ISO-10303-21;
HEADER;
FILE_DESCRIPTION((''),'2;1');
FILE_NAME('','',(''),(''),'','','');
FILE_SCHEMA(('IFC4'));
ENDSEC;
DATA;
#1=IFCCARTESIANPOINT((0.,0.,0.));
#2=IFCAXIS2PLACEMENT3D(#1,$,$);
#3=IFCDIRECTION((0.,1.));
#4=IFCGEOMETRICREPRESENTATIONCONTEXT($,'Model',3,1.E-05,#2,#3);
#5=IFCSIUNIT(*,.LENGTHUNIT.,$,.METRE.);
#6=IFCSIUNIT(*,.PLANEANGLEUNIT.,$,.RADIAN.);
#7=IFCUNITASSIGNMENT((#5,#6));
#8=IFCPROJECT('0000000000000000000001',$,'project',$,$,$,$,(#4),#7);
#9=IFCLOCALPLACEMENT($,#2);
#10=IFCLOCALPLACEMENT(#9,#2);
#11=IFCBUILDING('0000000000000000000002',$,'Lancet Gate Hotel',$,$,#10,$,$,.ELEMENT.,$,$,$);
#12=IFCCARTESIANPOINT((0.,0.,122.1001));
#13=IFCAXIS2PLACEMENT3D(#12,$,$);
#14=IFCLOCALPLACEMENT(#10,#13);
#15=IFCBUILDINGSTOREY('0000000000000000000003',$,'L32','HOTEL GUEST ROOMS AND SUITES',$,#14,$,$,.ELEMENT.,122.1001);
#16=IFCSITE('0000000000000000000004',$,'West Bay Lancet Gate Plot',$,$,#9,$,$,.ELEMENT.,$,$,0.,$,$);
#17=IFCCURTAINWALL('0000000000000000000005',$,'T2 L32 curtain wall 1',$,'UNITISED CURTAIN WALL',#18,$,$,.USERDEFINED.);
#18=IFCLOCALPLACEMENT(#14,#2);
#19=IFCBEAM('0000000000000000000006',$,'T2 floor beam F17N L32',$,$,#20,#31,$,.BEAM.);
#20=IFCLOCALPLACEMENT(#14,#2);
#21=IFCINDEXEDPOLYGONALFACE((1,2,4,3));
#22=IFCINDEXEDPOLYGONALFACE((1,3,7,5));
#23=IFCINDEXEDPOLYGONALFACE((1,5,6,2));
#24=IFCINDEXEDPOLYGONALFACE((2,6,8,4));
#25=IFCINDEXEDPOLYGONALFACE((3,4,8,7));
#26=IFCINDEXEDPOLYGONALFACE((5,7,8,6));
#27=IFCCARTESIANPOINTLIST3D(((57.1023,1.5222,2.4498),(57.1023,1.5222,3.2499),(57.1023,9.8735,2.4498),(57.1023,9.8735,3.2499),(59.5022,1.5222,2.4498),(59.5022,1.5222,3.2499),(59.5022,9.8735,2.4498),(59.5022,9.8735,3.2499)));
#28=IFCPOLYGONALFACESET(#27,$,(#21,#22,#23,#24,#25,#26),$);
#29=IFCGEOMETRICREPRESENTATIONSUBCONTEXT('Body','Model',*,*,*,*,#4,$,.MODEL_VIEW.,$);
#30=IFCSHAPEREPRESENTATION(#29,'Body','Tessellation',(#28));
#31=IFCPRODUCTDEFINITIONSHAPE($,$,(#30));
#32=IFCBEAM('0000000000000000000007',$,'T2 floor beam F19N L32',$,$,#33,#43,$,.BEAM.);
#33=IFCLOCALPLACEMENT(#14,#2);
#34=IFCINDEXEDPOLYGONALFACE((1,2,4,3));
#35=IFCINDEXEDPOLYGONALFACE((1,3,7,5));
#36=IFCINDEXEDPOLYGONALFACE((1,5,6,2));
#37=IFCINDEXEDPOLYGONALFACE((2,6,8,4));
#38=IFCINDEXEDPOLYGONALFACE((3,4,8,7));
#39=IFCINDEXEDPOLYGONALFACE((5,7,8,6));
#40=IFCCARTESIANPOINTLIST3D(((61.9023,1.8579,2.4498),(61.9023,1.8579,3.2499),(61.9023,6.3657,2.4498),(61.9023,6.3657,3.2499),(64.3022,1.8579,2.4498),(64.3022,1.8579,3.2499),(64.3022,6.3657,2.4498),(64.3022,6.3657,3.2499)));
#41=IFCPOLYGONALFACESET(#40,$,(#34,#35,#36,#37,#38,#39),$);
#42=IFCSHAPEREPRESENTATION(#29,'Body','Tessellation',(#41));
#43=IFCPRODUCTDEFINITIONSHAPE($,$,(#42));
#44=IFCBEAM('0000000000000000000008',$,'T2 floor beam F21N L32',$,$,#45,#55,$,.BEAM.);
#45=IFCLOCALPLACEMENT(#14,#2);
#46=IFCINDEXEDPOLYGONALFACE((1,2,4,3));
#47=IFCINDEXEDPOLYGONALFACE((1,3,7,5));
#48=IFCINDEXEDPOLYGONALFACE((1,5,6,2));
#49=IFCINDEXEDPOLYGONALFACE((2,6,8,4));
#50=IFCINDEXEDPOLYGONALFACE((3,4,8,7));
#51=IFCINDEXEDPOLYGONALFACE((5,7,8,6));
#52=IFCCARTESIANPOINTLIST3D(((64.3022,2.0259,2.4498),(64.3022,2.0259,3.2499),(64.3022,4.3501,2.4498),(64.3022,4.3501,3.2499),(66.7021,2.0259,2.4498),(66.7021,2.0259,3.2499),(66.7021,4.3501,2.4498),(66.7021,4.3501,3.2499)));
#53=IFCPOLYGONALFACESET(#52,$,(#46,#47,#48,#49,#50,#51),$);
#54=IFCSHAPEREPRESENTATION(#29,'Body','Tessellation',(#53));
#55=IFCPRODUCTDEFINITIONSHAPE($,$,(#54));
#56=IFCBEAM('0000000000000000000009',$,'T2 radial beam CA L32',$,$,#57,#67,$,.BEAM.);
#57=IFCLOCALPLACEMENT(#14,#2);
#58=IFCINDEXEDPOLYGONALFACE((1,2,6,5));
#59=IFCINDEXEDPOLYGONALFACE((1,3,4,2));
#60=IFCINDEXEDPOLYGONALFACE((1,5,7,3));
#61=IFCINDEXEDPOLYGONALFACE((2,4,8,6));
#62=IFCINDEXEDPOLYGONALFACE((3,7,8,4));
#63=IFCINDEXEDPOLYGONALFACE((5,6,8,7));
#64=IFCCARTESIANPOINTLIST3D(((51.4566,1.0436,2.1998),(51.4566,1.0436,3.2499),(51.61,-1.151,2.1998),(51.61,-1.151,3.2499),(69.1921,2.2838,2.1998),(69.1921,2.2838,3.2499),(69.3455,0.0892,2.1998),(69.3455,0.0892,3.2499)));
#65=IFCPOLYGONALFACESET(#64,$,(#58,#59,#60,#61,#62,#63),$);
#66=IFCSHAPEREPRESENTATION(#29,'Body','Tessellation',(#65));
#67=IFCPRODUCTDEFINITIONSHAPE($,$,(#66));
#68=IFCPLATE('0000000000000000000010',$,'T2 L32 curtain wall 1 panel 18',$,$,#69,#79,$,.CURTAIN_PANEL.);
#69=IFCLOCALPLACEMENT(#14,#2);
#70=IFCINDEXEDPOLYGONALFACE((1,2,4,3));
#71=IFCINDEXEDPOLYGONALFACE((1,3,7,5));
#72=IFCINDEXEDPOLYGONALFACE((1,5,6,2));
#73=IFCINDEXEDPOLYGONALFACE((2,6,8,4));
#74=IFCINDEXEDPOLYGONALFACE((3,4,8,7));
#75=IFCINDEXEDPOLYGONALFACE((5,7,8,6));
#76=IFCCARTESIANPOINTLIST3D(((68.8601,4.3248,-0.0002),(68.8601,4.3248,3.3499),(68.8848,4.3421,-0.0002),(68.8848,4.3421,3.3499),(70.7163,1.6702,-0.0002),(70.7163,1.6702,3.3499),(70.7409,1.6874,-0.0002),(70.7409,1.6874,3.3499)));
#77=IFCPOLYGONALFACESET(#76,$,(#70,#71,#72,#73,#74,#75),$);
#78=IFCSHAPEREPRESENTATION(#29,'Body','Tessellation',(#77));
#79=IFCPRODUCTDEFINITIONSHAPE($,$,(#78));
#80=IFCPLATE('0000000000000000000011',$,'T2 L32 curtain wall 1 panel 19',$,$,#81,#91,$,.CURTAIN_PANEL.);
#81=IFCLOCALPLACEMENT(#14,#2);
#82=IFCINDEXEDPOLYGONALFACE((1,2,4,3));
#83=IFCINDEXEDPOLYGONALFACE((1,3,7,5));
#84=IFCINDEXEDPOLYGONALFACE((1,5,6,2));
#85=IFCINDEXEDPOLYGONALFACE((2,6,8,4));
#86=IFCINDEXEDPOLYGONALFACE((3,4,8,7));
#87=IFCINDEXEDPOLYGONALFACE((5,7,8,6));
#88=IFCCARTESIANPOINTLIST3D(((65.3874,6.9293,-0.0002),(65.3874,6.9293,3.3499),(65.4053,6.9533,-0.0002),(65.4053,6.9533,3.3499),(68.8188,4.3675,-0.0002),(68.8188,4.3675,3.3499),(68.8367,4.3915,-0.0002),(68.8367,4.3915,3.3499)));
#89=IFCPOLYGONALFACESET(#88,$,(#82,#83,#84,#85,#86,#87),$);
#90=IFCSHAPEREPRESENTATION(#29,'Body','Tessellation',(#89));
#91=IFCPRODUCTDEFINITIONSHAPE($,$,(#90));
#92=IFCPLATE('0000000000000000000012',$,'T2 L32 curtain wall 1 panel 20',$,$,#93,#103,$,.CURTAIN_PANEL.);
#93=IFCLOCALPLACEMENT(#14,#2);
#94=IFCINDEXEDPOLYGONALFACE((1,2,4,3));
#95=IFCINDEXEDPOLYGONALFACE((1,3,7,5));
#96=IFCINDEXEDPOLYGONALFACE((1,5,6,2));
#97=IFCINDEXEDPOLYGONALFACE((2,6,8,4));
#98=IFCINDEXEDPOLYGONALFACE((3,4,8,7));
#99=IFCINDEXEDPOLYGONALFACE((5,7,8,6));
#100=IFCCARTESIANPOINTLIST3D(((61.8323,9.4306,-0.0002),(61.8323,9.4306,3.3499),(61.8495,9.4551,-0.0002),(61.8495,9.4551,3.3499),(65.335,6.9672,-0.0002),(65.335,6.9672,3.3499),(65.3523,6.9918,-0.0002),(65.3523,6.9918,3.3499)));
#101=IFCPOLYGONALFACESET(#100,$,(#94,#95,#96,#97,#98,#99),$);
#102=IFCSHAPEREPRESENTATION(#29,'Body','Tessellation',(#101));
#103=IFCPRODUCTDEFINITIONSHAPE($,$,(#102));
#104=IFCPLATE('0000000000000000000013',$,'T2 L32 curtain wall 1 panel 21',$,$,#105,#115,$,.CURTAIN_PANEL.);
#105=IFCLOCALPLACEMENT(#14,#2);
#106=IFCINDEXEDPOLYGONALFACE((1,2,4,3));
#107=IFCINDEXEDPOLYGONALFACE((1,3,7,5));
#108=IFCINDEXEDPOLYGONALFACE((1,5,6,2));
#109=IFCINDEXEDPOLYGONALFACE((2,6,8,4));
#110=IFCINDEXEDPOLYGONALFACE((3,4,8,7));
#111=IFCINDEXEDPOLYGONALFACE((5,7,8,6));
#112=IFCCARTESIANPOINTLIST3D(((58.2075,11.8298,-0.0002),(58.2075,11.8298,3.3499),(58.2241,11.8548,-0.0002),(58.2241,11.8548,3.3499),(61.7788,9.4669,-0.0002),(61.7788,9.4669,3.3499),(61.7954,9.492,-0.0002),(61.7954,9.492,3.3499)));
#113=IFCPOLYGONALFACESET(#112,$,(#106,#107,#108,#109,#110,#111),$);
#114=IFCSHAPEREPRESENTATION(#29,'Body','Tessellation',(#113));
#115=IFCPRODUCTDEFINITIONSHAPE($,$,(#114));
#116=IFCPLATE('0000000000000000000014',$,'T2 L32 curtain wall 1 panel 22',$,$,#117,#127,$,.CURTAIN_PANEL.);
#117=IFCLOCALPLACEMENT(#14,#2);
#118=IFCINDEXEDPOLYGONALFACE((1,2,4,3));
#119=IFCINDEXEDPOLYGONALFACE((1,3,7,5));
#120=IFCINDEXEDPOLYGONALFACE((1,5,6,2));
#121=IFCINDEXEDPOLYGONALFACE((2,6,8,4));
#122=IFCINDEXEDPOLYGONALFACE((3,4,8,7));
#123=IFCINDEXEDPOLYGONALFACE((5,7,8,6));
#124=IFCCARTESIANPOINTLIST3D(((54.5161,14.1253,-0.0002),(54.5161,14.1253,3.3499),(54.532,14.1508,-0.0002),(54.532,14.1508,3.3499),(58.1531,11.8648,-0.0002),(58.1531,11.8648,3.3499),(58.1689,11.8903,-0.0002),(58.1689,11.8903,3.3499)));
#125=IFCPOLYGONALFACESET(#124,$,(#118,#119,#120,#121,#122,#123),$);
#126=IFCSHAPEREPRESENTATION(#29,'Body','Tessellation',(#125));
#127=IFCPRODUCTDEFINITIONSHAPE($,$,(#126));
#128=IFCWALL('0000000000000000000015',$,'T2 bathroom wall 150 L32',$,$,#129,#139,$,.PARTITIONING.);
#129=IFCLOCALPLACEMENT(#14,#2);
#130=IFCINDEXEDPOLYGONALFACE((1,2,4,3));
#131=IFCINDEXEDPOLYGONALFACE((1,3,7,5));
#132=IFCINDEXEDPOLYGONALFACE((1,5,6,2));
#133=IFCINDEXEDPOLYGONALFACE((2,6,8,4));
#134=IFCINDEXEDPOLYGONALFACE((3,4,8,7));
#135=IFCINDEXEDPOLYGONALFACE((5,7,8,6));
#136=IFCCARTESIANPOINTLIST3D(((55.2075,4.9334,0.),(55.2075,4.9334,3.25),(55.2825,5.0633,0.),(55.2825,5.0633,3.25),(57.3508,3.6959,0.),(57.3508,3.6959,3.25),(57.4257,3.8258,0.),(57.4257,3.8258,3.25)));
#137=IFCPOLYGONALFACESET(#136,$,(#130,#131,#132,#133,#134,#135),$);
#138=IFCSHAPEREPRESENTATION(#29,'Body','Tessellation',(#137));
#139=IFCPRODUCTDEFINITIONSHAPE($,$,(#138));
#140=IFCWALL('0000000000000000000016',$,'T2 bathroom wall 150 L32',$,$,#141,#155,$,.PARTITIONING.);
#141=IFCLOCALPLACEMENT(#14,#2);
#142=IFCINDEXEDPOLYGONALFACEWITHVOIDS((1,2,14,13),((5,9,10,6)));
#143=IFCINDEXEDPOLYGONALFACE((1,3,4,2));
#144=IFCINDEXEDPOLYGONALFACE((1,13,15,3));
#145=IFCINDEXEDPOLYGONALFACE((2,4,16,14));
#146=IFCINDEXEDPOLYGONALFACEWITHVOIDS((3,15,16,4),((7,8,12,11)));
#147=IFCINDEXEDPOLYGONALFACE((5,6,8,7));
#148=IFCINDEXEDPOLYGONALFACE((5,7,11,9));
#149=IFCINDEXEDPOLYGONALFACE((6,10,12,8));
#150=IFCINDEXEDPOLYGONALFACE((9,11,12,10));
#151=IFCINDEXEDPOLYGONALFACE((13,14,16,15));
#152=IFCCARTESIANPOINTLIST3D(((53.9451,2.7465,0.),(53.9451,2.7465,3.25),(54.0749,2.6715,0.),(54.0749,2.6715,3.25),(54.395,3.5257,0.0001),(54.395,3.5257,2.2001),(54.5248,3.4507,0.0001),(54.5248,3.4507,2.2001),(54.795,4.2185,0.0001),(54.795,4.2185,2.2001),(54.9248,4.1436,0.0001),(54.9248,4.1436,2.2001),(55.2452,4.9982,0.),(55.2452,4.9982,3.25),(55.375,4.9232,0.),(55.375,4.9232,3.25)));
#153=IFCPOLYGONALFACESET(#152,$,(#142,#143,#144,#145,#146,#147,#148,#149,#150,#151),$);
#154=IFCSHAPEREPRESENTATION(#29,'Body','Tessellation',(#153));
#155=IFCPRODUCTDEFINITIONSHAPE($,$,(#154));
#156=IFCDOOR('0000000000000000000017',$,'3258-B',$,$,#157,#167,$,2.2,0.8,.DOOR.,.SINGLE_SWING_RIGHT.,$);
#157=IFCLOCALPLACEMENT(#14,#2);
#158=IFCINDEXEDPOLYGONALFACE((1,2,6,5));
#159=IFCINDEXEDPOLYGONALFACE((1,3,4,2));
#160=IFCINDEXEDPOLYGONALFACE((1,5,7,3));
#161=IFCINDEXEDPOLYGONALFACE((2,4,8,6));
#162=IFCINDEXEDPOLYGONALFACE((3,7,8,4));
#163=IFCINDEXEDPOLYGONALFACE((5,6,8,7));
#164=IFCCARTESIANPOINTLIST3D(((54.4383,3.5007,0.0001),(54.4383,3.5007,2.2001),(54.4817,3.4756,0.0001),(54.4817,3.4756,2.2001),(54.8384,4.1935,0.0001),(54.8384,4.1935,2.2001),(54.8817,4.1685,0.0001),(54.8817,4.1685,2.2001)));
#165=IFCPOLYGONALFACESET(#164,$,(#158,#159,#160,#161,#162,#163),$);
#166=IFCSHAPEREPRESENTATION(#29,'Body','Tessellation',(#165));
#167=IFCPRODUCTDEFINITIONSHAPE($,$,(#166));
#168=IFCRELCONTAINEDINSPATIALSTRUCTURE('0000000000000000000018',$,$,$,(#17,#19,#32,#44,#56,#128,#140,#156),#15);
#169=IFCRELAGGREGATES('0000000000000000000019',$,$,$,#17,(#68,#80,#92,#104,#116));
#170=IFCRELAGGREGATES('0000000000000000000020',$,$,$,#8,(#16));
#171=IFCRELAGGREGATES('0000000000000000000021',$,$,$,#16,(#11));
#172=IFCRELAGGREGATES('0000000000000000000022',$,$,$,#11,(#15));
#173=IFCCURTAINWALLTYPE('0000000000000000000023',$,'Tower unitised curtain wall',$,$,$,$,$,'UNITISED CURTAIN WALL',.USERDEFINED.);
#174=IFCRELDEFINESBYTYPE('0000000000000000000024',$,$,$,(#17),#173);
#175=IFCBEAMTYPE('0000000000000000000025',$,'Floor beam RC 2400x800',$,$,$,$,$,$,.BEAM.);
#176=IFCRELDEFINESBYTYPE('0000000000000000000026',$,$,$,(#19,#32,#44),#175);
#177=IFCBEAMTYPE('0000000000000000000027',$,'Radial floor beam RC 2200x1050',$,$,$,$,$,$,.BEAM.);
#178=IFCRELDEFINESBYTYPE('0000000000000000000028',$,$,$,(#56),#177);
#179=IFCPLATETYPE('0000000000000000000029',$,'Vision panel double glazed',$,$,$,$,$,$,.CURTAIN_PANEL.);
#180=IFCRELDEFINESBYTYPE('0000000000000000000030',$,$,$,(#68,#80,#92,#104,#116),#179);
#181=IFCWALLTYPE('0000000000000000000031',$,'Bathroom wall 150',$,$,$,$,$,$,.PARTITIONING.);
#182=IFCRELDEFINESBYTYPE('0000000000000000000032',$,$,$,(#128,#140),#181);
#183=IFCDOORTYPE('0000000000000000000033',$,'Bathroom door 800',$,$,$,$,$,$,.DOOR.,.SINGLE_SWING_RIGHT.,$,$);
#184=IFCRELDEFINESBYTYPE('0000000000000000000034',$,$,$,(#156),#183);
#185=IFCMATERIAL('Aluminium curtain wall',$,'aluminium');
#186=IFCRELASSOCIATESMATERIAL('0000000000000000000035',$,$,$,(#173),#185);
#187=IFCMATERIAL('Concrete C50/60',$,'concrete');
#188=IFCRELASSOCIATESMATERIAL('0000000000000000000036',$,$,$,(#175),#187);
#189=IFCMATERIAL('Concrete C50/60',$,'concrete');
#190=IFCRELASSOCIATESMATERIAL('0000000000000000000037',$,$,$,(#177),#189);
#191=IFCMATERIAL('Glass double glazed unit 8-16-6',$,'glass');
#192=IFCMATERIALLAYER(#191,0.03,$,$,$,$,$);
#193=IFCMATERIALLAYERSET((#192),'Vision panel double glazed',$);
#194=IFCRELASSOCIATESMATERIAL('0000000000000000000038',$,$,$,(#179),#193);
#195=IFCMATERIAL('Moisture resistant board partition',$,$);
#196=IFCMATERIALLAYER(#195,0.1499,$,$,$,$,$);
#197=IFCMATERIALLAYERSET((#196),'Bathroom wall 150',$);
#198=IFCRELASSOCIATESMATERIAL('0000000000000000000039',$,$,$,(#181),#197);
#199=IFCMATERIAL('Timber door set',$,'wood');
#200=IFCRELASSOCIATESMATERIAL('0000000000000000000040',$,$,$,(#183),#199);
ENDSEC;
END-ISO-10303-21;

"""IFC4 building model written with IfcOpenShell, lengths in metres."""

from ifc_helpers import new_model, si_unit, direction, frame, frame_2d, origin, origin_2d, place, context, subcontext, project, spatial, rectangle, extrude, material, layer, layer_set, material_profile, profile_set, type_object, element, fill, aggregate, save


model = new_model("IFC4")

# Units and contexts
model_context = context("Model", 3, precision=1e-05, world=origin(), true_north=direction((0.0, 1.0)))
body_context = subcontext(model_context, "Body", "Model", "MODEL_VIEW")
ifc_project = project(units=[si_unit("LENGTHUNIT", "METRE"), si_unit("PLANEANGLEUNIT", "RADIAN")], contexts=[model_context])

# Site, building, storey
site_placement = place(None, origin())
site = spatial("IfcSite", under=ifc_project, at=site_placement, Name="West Bay Lancet Gate Plot", CompositionType="ELEMENT", RefElevation=0.0)
building_placement = place(site_placement, origin())
building = spatial("IfcBuilding", under=site, at=building_placement, Name="Lancet Gate Hotel", CompositionType="ELEMENT")
storey_placement = place(building_placement, frame((0.0, 0.0, 122.1001)))
storey = spatial("IfcBuildingStorey", under=building, at=storey_placement, Name="L32", Description="HOTEL GUEST ROOMS AND SUITES", CompositionType="ELEMENT", Elevation=122.1001)

# Curtain wall
ifc_material_1 = material(Name="Aluminium curtain wall", Category="aluminium")
curtain_wall_type = type_object("IfcCurtainWallType", Name="Tower unitised curtain wall", ElementType="UNITISED CURTAIN WALL", PredefinedType="USERDEFINED", material=ifc_material_1)
curtain_wall_placement = place(storey_placement, origin())
curtain_wall = element("IfcCurtainWall", 1, at=curtain_wall_placement, inside=storey, type_object=curtain_wall_type, Name="T2 L32 curtain wall 1", ObjectType="UNITISED CURTAIN WALL", PredefinedType="USERDEFINED")

# Beams
ifc_material_2 = material(Name="Concrete C50/60", Category="concrete")
ifc_material_profile_1 = material_profile(ifc_material_2, rectangle(XDim=2.3999, YDim=0.8, at=origin_2d()), Name="RC 2400x800")
ifc_profile_set_1 = profile_set([ifc_material_profile_1], Name="Concrete C50/60")
beam_type_1 = type_object("IfcBeamType", Name="Floor beam RC 2400x800", PredefinedType="BEAM", material=ifc_profile_set_1)
beam_1_placement = place(storey_placement, frame((58.3022, 1.5222, 2.8499), z_axis=(0.0, 1.0, 0.0), x_axis=(-1.0, 0.0, 0.0)))
element("IfcBeam", 2, at=beam_1_placement, inside=storey, type_object=beam_type_1, Name="T2 floor beam F17N L32", PredefinedType="BEAM", context=body_context, shape_type="SweptSolid", body=[
    extrude(rectangle(XDim=2.3999, YDim=0.8, at=origin_2d()), origin(), (0.0, 0.0, 1.0), 8.3513),
])
beam_2_placement = place(storey_placement, frame((63.1023, 1.8579, 2.8499), z_axis=(0.0, 1.0, 0.0), x_axis=(-1.0, 0.0, 0.0)))
element("IfcBeam", 3, at=beam_2_placement, inside=storey, type_object=beam_type_1, Name="T2 floor beam F19N L32", PredefinedType="BEAM", context=body_context, shape_type="SweptSolid", body=[
    extrude(rectangle(XDim=2.3999, YDim=0.8, at=origin_2d()), origin(), (0.0, 0.0, 1.0), 4.5078),
])
beam_3_placement = place(storey_placement, frame((65.5022, 2.0259, 2.8499), z_axis=(0.0, 1.0, 0.0), x_axis=(-1.0, 0.0, 0.0)))
element("IfcBeam", 4, at=beam_3_placement, inside=storey, type_object=beam_type_1, Name="T2 floor beam F21N L32", PredefinedType="BEAM", context=body_context, shape_type="SweptSolid", body=[
    extrude(rectangle(XDim=2.3999, YDim=0.8, at=origin_2d()), origin(), (0.0, 0.0, 1.0), 2.3242),
])
ifc_material_3 = material(Name="Concrete C50/60", Category="concrete")
ifc_material_profile_2 = material_profile(ifc_material_3, rectangle(XDim=2.2, YDim=1.05, at=origin_2d()), Name="RC 2200x1050")
ifc_profile_set_2 = profile_set([ifc_material_profile_2], Name="Concrete C50/60")
beam_type_2 = type_object("IfcBeamType", Name="Radial floor beam RC 2200x1050", PredefinedType="BEAM", material=ifc_profile_set_2)
beam_4_placement = place(storey_placement, frame((69.2688, 1.1865, 2.7249), z_axis=(-0.997564, -0.069759, 0.0), x_axis=(0.069759, -0.997564, 0.0)))
element("IfcBeam", 5, at=beam_4_placement, inside=storey, type_object=beam_type_2, Name="T2 radial beam CA L32", PredefinedType="BEAM", context=body_context, shape_type="SweptSolid", body=[
    extrude(rectangle(XDim=2.2, YDim=1.05, at=origin_2d()), origin(), (0.0, 0.0, 1.0), 17.7788),
])

# Plates
ifc_material_4 = material(Name="Glass double glazed unit 8-16-6", Category="glass")
ifc_layer_1 = layer(ifc_material_4, 0.03)
ifc_layer_set_1 = layer_set([ifc_layer_1], Name="Vision panel double glazed")
plate_type = type_object("IfcPlateType", Name="Vision panel double glazed", PredefinedType="CURTAIN_PANEL", material=ifc_layer_set_1)
plate_1_placement = place(storey_placement, frame((69.8005, 3.0061, -0.0002), z_axis=(0.0, 0.0, 1.0), x_axis=(-0.573025, 0.819538, 0.0)))
plate_1 = element("IfcPlate", 6, at=plate_1_placement, type_object=plate_type, Name="T2 L32 curtain wall 1 panel 18", PredefinedType="CURTAIN_PANEL", context=body_context, shape_type="SweptSolid", body=[
    extrude(rectangle(XDim=3.2393, YDim=0.03, at=origin_2d()), origin(), (0.0, 0.0, 1.0), 3.3501),
])
plate_2_placement = place(storey_placement, frame((67.1121, 5.6604, -0.0002), z_axis=(0.0, 0.0, 1.0), x_axis=(-0.801314, 0.598244, 0.0)))
plate_2 = element("IfcPlate", 7, at=plate_2_placement, type_object=plate_type, Name="T2 L32 curtain wall 1 panel 19", PredefinedType="CURTAIN_PANEL", context=body_context, shape_type="SweptSolid", body=[
    extrude(rectangle(XDim=4.2822, YDim=0.03, at=origin_2d()), origin(), (0.0, 0.0, 1.0), 3.3501),
])
plate_3_placement = place(storey_placement, frame((63.5923, 8.2112, -0.0002), z_axis=(0.0, 0.0, 1.0), x_axis=(-0.817979, 0.575247, 0.0)))
plate_3 = element("IfcPlate", 8, at=plate_3_placement, type_object=plate_type, Name="T2 L32 curtain wall 1 panel 20", PredefinedType="CURTAIN_PANEL", context=body_context, shape_type="SweptSolid", body=[
    extrude(rectangle(XDim=4.2822, YDim=0.03, at=origin_2d()), origin(), (0.0, 0.0, 1.0), 3.3501),
])
plate_4_placement = place(storey_placement, frame((60.0015, 10.6609, -0.0002), z_axis=(0.0, 0.0, 1.0), x_axis=(-0.833985, 0.551787, 0.0)))
plate_4 = element("IfcPlate", 9, at=plate_4_placement, type_object=plate_type, Name="T2 L32 curtain wall 1 panel 21", PredefinedType="CURTAIN_PANEL", context=body_context, shape_type="SweptSolid", body=[
    extrude(rectangle(XDim=4.2822, YDim=0.03, at=origin_2d()), origin(), (0.0, 0.0, 1.0), 3.3501),
])
plate_5_placement = place(storey_placement, frame((56.3425, 13.0078, -0.0002), z_axis=(0.0, 0.0, 1.0), x_axis=(-0.849318, 0.527882, 0.0)))
plate_5 = element("IfcPlate", 10, at=plate_5_placement, type_object=plate_type, Name="T2 L32 curtain wall 1 panel 22", PredefinedType="CURTAIN_PANEL", context=body_context, shape_type="SweptSolid", body=[
    extrude(rectangle(XDim=4.2822, YDim=0.03, at=origin_2d()), origin(), (0.0, 0.0, 1.0), 3.3501),
])
aggregate(curtain_wall, [plate_1, plate_2, plate_3, plate_4, plate_5])

# Wall
ifc_material_5 = material(Name="Moisture resistant board partition")
ifc_layer_2 = layer(ifc_material_5, 0.1499)
ifc_layer_set_2 = layer_set([ifc_layer_2], Name="Bathroom wall 150")
wall_type = type_object("IfcWallType", Name="Bathroom wall 150", PredefinedType="PARTITIONING", material=ifc_layer_set_2)
wall_1_placement = place(storey_placement, frame((55.2451, 4.9983, 0.0), z_axis=(0.0, 0.0, 1.0), x_axis=(0.866007, -0.500033, 0.0)))
element("IfcWall", 11, at=wall_1_placement, inside=storey, type_object=wall_type, Name="T2 bathroom wall 150 L32", PredefinedType="PARTITIONING", context=body_context, shape_type="SweptSolid", body=[
    extrude(rectangle(XDim=2.4749, YDim=0.1499, at=frame_2d((1.2373, 0.0))), origin(), (0.0, 0.0, 1.0), 3.25),
])

# Wall, opening, door
wall_2_placement = place(storey_placement, frame((54.01, 2.709, 0.0), z_axis=(0.0, 0.0, 1.0), x_axis=(0.500007, 0.866021, 0.0)))
wall_2 = element("IfcWall", 12, at=wall_2_placement, inside=storey, type_object=wall_type, Name="T2 bathroom wall 150 L32", PredefinedType="PARTITIONING", context=body_context, shape_type="SweptSolid", body=[
    extrude(rectangle(XDim=2.6001, YDim=0.1499, at=frame_2d((1.3, 0.0))), origin(), (0.0, 0.0, 1.0), 3.25),
])
opening_placement = place(wall_2_placement, frame((0.8999, 0.0, 0.0)))
opening = element("IfcOpeningElement", 13, at=opening_placement, cuts=wall_2, PredefinedType="OPENING", context=body_context, shape_type="SweptSolid", body=[
    extrude(rectangle(XDim=0.8, YDim=2.2, at=frame_2d((0.3999, 1.1001))), frame((0.0, 0.085, 0.0), z_axis=(0.0, -1.0, 0.0), x_axis=(1.0, 0.0, 0.0)), (0.0, 0.0, 1.0), 0.1699),
])
ifc_material_6 = material(Name="Timber door set", Category="wood")
door_type = type_object("IfcDoorType", Name="Bathroom door 800", OperationType="SINGLE_SWING_RIGHT", PredefinedType="DOOR", material=ifc_material_6)
door_placement = place(opening_placement, origin())
door = element("IfcDoor", 14, at=door_placement, inside=storey, type_object=door_type, Name="3258-B", OperationType="SINGLE_SWING_RIGHT", OverallHeight=2.2, OverallWidth=0.8, PredefinedType="DOOR", context=body_context, shape_type="SweptSolid", body=[
    extrude(rectangle(XDim=0.8, YDim=2.2, at=frame_2d((0.3999, 1.1001))), frame((0.0, 0.0249, 0.0), z_axis=(0.0, -1.0, 0.0), x_axis=(1.0, 0.0, 0.0)), (0.0, 0.0, 1.0), 0.05),
])
fill(opening, door)

save(model, "model.ifc")
